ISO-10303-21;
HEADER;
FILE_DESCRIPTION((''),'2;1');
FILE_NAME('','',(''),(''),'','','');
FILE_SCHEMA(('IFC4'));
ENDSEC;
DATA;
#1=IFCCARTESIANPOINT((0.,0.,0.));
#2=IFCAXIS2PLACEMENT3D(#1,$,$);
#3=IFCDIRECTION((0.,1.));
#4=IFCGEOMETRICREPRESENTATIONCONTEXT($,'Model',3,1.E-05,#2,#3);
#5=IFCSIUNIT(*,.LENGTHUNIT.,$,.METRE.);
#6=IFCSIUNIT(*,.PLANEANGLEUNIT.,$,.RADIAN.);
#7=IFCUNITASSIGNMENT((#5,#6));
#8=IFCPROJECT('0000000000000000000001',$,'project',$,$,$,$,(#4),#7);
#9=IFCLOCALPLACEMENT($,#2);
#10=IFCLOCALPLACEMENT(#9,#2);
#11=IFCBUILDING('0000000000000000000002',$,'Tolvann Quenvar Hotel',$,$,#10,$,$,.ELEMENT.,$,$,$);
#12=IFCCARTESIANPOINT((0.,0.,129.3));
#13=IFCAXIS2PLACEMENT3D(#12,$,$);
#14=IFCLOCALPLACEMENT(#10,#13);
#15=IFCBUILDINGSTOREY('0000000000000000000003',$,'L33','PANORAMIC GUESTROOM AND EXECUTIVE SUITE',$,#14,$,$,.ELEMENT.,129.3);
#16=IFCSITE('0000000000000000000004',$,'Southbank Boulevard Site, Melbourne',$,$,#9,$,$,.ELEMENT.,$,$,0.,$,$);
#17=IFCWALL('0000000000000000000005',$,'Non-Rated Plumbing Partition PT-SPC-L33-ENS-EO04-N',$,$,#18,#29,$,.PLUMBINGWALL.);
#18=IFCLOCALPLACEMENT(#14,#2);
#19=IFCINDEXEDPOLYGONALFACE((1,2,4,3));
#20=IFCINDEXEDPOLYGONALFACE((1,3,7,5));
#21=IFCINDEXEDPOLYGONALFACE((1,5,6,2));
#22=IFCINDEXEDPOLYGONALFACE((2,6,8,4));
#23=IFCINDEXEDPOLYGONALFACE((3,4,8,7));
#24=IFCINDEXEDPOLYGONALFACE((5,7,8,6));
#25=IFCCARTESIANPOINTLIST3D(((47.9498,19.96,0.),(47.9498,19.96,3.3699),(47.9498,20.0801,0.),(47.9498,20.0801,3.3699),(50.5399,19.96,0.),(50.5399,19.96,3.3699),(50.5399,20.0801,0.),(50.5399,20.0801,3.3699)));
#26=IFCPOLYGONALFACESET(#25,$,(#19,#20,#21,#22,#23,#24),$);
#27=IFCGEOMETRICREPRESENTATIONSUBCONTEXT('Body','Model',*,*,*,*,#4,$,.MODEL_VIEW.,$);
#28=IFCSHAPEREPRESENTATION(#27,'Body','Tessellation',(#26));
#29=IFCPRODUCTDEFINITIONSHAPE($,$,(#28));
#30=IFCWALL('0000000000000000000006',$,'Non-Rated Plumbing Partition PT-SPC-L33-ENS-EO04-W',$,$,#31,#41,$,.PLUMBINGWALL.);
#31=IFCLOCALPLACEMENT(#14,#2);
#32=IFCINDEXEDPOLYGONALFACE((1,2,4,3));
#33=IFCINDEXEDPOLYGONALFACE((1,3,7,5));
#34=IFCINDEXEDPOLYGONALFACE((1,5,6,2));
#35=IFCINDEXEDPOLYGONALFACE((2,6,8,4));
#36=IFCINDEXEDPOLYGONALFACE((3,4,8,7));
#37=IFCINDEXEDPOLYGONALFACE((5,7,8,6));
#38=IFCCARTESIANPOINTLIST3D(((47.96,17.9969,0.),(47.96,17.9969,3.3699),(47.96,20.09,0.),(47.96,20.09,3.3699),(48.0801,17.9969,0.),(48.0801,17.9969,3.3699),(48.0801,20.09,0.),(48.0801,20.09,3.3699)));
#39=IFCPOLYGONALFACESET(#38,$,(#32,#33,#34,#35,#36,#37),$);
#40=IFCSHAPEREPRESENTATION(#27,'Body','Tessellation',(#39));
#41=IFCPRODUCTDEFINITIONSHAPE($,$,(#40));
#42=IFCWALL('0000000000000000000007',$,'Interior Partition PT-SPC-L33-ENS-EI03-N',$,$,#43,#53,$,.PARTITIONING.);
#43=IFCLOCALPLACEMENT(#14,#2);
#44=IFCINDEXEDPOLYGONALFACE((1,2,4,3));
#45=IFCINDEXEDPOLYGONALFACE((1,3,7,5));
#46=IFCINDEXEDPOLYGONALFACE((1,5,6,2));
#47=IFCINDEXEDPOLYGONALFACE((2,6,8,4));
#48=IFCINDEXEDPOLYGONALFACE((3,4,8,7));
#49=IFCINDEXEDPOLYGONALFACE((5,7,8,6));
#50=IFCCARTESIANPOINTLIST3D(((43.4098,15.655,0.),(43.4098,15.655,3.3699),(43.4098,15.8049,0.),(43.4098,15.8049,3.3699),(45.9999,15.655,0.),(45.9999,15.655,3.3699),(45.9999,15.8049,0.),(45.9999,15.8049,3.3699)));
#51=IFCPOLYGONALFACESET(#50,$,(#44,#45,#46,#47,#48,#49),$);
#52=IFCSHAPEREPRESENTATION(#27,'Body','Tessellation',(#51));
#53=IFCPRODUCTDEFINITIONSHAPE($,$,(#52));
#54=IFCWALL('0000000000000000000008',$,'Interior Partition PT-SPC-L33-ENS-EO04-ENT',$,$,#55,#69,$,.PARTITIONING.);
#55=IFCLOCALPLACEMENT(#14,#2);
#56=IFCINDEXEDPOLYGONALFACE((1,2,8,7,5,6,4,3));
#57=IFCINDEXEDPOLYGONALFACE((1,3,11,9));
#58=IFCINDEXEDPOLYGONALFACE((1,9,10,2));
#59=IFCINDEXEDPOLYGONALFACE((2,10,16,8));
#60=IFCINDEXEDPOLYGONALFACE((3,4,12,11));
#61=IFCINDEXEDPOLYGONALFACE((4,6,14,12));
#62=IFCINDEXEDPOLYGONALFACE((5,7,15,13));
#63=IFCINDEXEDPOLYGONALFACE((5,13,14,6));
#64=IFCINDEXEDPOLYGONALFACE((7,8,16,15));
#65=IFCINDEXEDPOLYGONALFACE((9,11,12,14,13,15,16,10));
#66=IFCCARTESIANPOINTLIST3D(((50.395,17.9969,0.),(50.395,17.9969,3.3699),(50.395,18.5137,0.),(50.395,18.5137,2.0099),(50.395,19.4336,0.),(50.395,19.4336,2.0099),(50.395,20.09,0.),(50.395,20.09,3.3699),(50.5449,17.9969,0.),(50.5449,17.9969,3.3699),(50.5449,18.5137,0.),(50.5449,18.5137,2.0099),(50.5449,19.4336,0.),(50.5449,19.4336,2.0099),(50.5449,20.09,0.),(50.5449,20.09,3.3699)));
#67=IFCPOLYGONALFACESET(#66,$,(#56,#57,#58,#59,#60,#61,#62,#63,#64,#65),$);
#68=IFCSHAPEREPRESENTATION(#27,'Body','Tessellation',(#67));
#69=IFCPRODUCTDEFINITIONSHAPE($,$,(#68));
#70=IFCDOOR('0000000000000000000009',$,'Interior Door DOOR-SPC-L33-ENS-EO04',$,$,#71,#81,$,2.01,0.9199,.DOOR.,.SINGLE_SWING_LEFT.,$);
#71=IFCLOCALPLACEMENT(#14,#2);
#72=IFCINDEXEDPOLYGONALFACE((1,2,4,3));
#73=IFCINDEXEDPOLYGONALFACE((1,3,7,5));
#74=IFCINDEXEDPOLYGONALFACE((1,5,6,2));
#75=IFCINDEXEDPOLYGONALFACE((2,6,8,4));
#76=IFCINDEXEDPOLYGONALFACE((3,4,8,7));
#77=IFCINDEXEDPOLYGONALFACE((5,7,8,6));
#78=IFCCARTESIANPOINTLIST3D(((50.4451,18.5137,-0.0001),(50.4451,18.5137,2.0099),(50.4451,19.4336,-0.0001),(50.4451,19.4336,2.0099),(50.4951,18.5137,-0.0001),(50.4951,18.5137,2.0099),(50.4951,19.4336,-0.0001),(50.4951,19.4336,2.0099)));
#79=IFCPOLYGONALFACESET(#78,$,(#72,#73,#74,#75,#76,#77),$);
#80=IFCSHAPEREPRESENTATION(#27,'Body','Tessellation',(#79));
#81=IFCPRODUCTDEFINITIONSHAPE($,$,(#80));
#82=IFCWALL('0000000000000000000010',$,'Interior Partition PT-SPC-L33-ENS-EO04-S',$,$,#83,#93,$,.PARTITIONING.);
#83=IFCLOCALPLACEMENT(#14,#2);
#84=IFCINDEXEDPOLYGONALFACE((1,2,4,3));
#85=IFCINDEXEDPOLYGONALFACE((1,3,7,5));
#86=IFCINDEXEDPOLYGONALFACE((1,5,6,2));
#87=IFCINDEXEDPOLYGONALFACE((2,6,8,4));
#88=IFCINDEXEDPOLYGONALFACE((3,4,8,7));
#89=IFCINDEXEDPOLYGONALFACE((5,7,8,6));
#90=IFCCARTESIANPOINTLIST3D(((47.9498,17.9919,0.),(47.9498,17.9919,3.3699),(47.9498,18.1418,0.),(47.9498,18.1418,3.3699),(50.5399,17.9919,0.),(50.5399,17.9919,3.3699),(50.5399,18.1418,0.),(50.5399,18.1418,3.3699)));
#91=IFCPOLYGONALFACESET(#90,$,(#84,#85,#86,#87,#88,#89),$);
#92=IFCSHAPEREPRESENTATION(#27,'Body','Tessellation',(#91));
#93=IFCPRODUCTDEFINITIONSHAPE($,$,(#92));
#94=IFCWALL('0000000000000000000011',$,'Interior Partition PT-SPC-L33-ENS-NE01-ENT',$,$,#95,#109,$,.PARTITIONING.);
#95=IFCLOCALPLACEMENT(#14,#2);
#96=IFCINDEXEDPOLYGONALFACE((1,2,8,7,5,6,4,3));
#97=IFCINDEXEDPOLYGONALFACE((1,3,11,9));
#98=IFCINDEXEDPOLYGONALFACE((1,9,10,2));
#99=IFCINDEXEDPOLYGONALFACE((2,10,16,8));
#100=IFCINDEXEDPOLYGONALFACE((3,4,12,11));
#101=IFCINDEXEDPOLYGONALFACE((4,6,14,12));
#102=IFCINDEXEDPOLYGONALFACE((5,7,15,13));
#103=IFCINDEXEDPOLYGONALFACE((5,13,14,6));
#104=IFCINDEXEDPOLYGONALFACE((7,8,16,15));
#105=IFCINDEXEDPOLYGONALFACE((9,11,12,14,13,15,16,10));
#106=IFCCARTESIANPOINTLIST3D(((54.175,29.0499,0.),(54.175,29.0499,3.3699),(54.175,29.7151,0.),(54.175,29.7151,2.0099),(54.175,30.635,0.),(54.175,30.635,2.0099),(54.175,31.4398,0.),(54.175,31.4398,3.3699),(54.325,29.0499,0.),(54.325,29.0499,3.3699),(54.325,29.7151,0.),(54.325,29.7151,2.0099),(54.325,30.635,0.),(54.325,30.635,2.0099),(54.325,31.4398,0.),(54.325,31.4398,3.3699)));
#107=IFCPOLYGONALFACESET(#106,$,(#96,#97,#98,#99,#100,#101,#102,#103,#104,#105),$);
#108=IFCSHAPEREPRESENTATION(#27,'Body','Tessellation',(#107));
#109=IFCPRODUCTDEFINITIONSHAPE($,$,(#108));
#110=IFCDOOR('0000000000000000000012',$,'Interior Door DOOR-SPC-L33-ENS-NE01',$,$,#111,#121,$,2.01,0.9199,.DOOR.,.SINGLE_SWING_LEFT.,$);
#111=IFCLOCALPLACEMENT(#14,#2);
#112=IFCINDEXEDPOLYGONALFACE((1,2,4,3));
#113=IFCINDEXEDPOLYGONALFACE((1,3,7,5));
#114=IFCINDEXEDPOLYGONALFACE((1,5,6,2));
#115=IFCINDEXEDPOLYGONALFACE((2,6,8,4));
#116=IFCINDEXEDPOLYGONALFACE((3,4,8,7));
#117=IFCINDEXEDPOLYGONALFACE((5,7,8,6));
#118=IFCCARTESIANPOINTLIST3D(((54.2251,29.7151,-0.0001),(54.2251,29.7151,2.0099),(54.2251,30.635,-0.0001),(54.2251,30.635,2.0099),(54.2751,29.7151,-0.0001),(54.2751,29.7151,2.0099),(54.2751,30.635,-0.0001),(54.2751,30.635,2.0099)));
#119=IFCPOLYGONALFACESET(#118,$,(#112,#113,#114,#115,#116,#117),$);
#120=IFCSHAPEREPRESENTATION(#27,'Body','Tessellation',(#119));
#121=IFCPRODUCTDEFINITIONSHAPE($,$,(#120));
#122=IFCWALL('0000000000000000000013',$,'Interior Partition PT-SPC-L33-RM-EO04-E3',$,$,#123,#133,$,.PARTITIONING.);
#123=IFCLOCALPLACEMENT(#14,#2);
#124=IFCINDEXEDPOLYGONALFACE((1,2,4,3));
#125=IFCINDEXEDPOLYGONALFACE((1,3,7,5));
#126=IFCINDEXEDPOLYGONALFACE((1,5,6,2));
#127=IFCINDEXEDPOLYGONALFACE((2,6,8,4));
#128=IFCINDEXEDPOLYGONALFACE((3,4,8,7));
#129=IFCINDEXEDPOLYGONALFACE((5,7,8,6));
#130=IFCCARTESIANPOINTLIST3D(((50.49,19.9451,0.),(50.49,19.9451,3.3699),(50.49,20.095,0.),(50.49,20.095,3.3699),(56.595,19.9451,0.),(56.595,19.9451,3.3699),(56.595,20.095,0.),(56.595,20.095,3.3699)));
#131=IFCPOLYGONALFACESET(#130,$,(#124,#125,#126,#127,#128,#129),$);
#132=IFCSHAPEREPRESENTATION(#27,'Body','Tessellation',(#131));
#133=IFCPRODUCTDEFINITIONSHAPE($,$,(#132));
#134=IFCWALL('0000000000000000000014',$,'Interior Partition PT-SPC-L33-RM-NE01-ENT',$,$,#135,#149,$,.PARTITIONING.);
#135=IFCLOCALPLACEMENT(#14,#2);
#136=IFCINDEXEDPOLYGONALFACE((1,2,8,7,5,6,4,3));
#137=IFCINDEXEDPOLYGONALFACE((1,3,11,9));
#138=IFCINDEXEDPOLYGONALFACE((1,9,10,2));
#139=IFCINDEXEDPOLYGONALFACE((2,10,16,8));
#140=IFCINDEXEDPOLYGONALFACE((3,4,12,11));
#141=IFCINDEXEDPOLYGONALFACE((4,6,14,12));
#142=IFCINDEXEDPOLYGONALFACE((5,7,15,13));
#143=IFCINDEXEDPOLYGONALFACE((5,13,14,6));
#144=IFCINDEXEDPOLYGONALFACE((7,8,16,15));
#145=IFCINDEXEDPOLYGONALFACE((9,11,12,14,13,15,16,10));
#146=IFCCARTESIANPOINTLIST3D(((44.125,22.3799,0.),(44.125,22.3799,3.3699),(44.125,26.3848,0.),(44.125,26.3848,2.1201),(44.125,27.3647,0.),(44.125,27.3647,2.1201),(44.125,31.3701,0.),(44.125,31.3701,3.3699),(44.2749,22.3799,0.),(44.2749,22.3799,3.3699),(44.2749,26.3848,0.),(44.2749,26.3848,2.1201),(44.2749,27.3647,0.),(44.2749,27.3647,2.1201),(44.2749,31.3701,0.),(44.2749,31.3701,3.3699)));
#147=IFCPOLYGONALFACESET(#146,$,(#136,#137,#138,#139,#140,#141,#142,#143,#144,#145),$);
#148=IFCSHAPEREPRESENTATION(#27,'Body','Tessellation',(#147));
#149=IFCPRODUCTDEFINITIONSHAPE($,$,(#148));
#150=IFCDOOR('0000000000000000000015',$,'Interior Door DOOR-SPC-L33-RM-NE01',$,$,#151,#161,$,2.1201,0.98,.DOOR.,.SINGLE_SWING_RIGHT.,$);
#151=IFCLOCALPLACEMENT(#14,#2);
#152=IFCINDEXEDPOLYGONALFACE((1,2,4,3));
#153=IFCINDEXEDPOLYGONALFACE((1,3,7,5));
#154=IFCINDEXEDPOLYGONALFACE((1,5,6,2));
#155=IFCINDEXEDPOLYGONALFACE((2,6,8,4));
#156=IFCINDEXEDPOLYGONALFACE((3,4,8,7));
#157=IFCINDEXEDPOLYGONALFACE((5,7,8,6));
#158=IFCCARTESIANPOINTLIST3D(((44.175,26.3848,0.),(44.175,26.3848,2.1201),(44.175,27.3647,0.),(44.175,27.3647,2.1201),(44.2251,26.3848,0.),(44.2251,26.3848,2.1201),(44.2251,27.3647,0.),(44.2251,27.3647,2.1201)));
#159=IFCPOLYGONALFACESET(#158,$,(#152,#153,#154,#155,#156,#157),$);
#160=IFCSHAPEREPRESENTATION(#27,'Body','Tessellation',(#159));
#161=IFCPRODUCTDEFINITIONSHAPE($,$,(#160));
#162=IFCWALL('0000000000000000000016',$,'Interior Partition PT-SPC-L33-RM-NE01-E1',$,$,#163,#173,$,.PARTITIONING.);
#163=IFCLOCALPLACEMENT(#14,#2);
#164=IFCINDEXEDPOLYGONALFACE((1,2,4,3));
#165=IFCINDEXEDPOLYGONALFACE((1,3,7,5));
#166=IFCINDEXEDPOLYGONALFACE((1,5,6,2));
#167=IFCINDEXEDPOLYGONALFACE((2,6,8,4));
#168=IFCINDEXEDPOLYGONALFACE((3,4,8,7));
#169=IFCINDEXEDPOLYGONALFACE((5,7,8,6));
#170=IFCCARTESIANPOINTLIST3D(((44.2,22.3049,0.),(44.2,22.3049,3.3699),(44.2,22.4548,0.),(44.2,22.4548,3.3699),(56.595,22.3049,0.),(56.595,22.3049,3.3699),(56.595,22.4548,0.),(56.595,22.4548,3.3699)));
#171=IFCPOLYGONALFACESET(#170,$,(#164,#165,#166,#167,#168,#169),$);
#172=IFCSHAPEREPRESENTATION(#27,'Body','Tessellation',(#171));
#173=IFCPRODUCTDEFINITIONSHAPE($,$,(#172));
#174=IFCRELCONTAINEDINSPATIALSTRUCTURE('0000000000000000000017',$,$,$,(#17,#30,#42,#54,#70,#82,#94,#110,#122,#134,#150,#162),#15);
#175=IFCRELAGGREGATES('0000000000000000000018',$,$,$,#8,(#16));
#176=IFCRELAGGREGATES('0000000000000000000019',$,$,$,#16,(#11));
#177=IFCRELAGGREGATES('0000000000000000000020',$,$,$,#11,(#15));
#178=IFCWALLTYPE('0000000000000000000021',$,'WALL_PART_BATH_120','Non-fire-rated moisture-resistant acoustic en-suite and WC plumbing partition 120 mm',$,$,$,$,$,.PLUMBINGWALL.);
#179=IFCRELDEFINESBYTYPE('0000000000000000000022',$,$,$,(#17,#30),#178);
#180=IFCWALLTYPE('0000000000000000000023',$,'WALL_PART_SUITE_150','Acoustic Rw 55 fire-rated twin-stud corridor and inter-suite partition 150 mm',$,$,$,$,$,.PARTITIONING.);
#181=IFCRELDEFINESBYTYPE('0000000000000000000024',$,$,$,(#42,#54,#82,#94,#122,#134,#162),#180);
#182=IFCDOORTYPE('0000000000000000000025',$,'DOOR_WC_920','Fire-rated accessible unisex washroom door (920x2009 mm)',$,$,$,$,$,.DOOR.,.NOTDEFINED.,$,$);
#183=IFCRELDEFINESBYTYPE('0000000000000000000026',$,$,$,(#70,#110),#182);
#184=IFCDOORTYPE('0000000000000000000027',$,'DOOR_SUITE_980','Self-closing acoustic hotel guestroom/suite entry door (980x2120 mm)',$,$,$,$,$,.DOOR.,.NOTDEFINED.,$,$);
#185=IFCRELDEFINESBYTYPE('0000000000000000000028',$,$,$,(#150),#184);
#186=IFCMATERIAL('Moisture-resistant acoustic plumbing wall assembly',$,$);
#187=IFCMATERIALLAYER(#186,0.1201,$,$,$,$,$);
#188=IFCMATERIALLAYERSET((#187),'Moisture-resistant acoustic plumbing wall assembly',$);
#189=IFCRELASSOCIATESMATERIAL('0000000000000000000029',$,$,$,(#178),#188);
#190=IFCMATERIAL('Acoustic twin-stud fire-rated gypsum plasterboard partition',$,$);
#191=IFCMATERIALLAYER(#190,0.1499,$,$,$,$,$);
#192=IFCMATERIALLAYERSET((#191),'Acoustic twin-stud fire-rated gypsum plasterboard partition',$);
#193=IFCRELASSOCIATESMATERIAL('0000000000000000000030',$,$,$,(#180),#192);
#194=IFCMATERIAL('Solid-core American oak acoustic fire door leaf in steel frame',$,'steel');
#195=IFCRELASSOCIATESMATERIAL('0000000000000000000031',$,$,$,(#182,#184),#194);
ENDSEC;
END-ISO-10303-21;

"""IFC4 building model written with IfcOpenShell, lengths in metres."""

from ifc_helpers import new_model, si_unit, direction, frame, frame_2d, origin, place, context, subcontext, project, spatial, rectangle, extrude, source, transform, mapped, material, layer, layer_set, type_object, type_shapes, element, fill, save


model = new_model("IFC4")

# Units and contexts
model_context = context("Model", 3, precision=1e-05, world=origin(), true_north=direction((0.0, 1.0)))
body_context = subcontext(model_context, "Body", "Model", "MODEL_VIEW")
ifc_project = project(units=[si_unit("LENGTHUNIT", "METRE"), si_unit("PLANEANGLEUNIT", "RADIAN")], contexts=[model_context])

# Site, building, storey
site_placement = place(None, origin())
site = spatial("IfcSite", under=ifc_project, at=site_placement, Name="Southbank Boulevard Site, Melbourne", CompositionType="ELEMENT", RefElevation=0.0)
building_placement = place(site_placement, origin())
building = spatial("IfcBuilding", under=site, at=building_placement, Name="Tolvann Quenvar Hotel", CompositionType="ELEMENT")
storey_placement = place(building_placement, frame((0.0, 0.0, 129.3)))
storey = spatial("IfcBuildingStorey", under=building, at=storey_placement, Name="L33", Description="PANORAMIC GUESTROOM AND EXECUTIVE SUITE", CompositionType="ELEMENT", Elevation=129.3)

# Walls
ifc_material_1 = material(Name="Moisture-resistant acoustic plumbing wall assembly")
ifc_layer_1 = layer(ifc_material_1, 0.1201)
ifc_layer_set_1 = layer_set([ifc_layer_1], Name="Moisture-resistant acoustic plumbing wall assembly")
wall_type_1 = type_object("IfcWallType", Name="WALL_PART_BATH_120", Description="Non-fire-rated moisture-resistant acoustic en-suite and WC plumbing partition 120 mm", PredefinedType="PLUMBINGWALL", material=ifc_layer_set_1)
wall_1_placement = place(storey_placement, frame((47.95, 20.02, 0.0), z_axis=(0.0, 0.0, 1.0), x_axis=(1.0, 0.0, 0.0)))
element("IfcWall", 1, at=wall_1_placement, inside=storey, type_object=wall_type_1, Name="Non-Rated Plumbing Partition PT-SPC-L33-ENS-EO04-N", PredefinedType="PLUMBINGWALL", context=body_context, shape_type="SweptSolid", body=[
    extrude(rectangle(XDim=2.5901, YDim=0.1201, at=frame_2d((1.2949, 0.0))), origin(), (0.0, 0.0, 1.0), 3.3699),
])
wall_2_placement = place(storey_placement, frame((48.02, 17.9971, 0.0), z_axis=(0.0, 0.0, 1.0), x_axis=(0.0, 1.0, 0.0)))
element("IfcWall", 2, at=wall_2_placement, inside=storey, type_object=wall_type_1, Name="Non-Rated Plumbing Partition PT-SPC-L33-ENS-EO04-W", PredefinedType="PLUMBINGWALL", context=body_context, shape_type="SweptSolid", body=[
    extrude(rectangle(XDim=2.093, YDim=0.1201, at=frame_2d((1.0464, 0.0))), origin(), (0.0, 0.0, 1.0), 3.3699),
])
ifc_material_2 = material(Name="Acoustic twin-stud fire-rated gypsum plasterboard partition")
ifc_layer_2 = layer(ifc_material_2, 0.1499)
ifc_layer_set_2 = layer_set([ifc_layer_2], Name="Acoustic twin-stud fire-rated gypsum plasterboard partition")
wall_type_2 = type_object("IfcWallType", Name="WALL_PART_SUITE_150", Description="Acoustic Rw 55 fire-rated twin-stud corridor and inter-suite partition 150 mm", PredefinedType="PARTITIONING", material=ifc_layer_set_2)
wall_3_placement = place(storey_placement, frame((43.4099, 15.73, 0.0), z_axis=(0.0, 0.0, 1.0), x_axis=(1.0, 0.0, 0.0)))
element("IfcWall", 3, at=wall_3_placement, inside=storey, type_object=wall_type_2, Name="Interior Partition PT-SPC-L33-ENS-EI03-N", PredefinedType="PARTITIONING", context=body_context, shape_type="SweptSolid", body=[
    extrude(rectangle(XDim=2.5901, YDim=0.1499, at=frame_2d((1.2949, 0.0))), origin(), (0.0, 0.0, 1.0), 3.3699),
])

# Wall, opening, door
wall_4_placement = place(storey_placement, frame((50.47, 17.9971, 0.0), z_axis=(0.0, 0.0, 1.0), x_axis=(0.0, 1.0, 0.0)))
wall_4 = element("IfcWall", 4, at=wall_4_placement, inside=storey, type_object=wall_type_2, Name="Interior Partition PT-SPC-L33-ENS-EO04-ENT", PredefinedType="PARTITIONING", context=body_context, shape_type="SweptSolid", body=[
    extrude(rectangle(XDim=2.093, YDim=0.1499, at=frame_2d((1.0464, 0.0))), origin(), (0.0, 0.0, 1.0), 3.3699),
])
opening_1_placement = place(wall_4_placement, frame((0.5166, 0.0, 0.0)))
opening_1 = element("IfcOpeningElement", 5, at=opening_1_placement, cuts=wall_4, PredefinedType="OPENING", context=body_context, shape_type="SweptSolid", body=[
    extrude(rectangle(XDim=0.9199, YDim=2.01, at=frame_2d((0.46, 1.0049))), frame((0.0, 0.085, 0.0), z_axis=(0.0, -1.0, 0.0), x_axis=(1.0, 0.0, 0.0)), (0.0, 0.0, 1.0), 0.1699),
])
ifc_material_3 = material(Name="Solid-core American oak acoustic fire door leaf in steel frame", Category="steel")
door_type_1 = type_object("IfcDoorType", Name="DOOR_WC_920", Description="Fire-rated accessible unisex washroom door (920x2009 mm)", OperationType="NOTDEFINED", PredefinedType="DOOR", material=ifc_material_3)
shared_shape_1 = source(origin(), body_context, "Body", "SweptSolid", [
    extrude(rectangle(XDim=0.9199, YDim=2.01, at=frame_2d((0.46, 1.0049))), frame((0.0, 0.0249, 0.0), z_axis=(0.0, -1.0, 0.0), x_axis=(1.0, 0.0, 0.0)), (0.0, 0.0, 1.0), 0.05),
])
type_shapes(door_type_1, [shared_shape_1])
door_1_placement = place(opening_1_placement, origin())
door_1 = element("IfcDoor", 6, at=door_1_placement, inside=storey, type_object=door_type_1, Name="Interior Door DOOR-SPC-L33-ENS-EO04", OperationType="SINGLE_SWING_LEFT", OverallHeight=2.01, OverallWidth=0.9199, PredefinedType="DOOR", context=body_context, shape_type="MappedRepresentation", body=[
    mapped(shared_shape_1, transform((0.0, 0.0, 0.0), x_axis=(1.0, 0.0, 0.0), y_axis=(0.0, 1.0, 0.0), z_axis=(0.0, 0.0, 1.0), scale=1.0)),
])
fill(opening_1, door_1)

# Wall
wall_5_placement = place(storey_placement, frame((47.95, 18.0669, 0.0), z_axis=(0.0, 0.0, 1.0), x_axis=(1.0, 0.0, 0.0)))
element("IfcWall", 7, at=wall_5_placement, inside=storey, type_object=wall_type_2, Name="Interior Partition PT-SPC-L33-ENS-EO04-S", PredefinedType="PARTITIONING", context=body_context, shape_type="SweptSolid", body=[
    extrude(rectangle(XDim=2.5901, YDim=0.1499, at=frame_2d((1.2949, 0.0))), origin(), (0.0, 0.0, 1.0), 3.3699),
])

# Wall, opening, door
wall_6_placement = place(storey_placement, frame((54.25, 29.05, 0.0), z_axis=(0.0, 0.0, 1.0), x_axis=(0.0, 1.0, 0.0)))
wall_6 = element("IfcWall", 8, at=wall_6_placement, inside=storey, type_object=wall_type_2, Name="Interior Partition PT-SPC-L33-ENS-NE01-ENT", PredefinedType="PARTITIONING", context=body_context, shape_type="SweptSolid", body=[
    extrude(rectangle(XDim=2.3899, YDim=0.1499, at=frame_2d((1.1948, 0.0))), origin(), (0.0, 0.0, 1.0), 3.3699),
])
opening_2_placement = place(wall_6_placement, frame((0.665, 0.0, 0.0)))
opening_2 = element("IfcOpeningElement", 9, at=opening_2_placement, cuts=wall_6, PredefinedType="OPENING", context=body_context, shape_type="SweptSolid", body=[
    extrude(rectangle(XDim=0.9199, YDim=2.01, at=frame_2d((0.46, 1.0049))), frame((0.0, 0.085, 0.0), z_axis=(0.0, -1.0, 0.0), x_axis=(1.0, 0.0, 0.0)), (0.0, 0.0, 1.0), 0.1699),
])
door_2_placement = place(opening_2_placement, origin())
door_2 = element("IfcDoor", 10, at=door_2_placement, inside=storey, type_object=door_type_1, Name="Interior Door DOOR-SPC-L33-ENS-NE01", OperationType="SINGLE_SWING_LEFT", OverallHeight=2.01, OverallWidth=0.9199, PredefinedType="DOOR", context=body_context, shape_type="MappedRepresentation", body=[
    mapped(shared_shape_1, transform((0.0, 0.0, 0.0), x_axis=(1.0, 0.0, 0.0), y_axis=(0.0, 1.0, 0.0), z_axis=(0.0, 0.0, 1.0), scale=1.0)),
])
fill(opening_2, door_2)
door_type_2 = type_object("IfcDoorType", Name="DOOR_SUITE_980", Description="Self-closing acoustic hotel guestroom/suite entry door (980x2120 mm)", OperationType="NOTDEFINED", PredefinedType="DOOR", material=ifc_material_3)
shared_shape_2 = source(origin(), body_context, "Body", "SweptSolid", [
    extrude(rectangle(XDim=0.98, YDim=2.1201, at=frame_2d((0.49, 1.0601))), frame((0.0, 0.0249, 0.0), z_axis=(0.0, -1.0, 0.0), x_axis=(1.0, 0.0, 0.0)), (0.0, 0.0, 1.0), 0.05),
])
type_shapes(door_type_2, [shared_shape_2])

# Wall
wall_7_placement = place(storey_placement, frame((50.49, 20.02, 0.0), z_axis=(0.0, 0.0, 1.0), x_axis=(1.0, 0.0, 0.0)))
element("IfcWall", 11, at=wall_7_placement, inside=storey, type_object=wall_type_2, Name="Interior Partition PT-SPC-L33-RM-EO04-E3", PredefinedType="PARTITIONING", context=body_context, shape_type="SweptSolid", body=[
    extrude(rectangle(XDim=6.105, YDim=0.1499, at=frame_2d((3.0525, 0.0))), origin(), (0.0, 0.0, 1.0), 3.3699),
])

# Wall, opening, door
wall_8_placement = place(storey_placement, frame((44.2, 22.3799, 0.0), z_axis=(0.0, 0.0, 1.0), x_axis=(0.0, 1.0, 0.0)))
wall_8 = element("IfcWall", 12, at=wall_8_placement, inside=storey, type_object=wall_type_2, Name="Interior Partition PT-SPC-L33-RM-NE01-ENT", PredefinedType="PARTITIONING", context=body_context, shape_type="SweptSolid", body=[
    extrude(rectangle(XDim=8.9902, YDim=0.1499, at=frame_2d((4.4951, 0.0))), origin(), (0.0, 0.0, 1.0), 3.3699),
])
opening_3_placement = place(wall_8_placement, frame((4.0049, 0.0, 0.0)))
opening_3 = element("IfcOpeningElement", 13, at=opening_3_placement, cuts=wall_8, PredefinedType="OPENING", context=body_context, shape_type="SweptSolid", body=[
    extrude(rectangle(XDim=0.98, YDim=2.1201, at=frame_2d((0.49, 1.0601))), frame((0.0, 0.085, 0.0), z_axis=(0.0, -1.0, 0.0), x_axis=(1.0, 0.0, 0.0)), (0.0, 0.0, 1.0), 0.1699),
])
door_3_placement = place(opening_3_placement, origin())
door_3 = element("IfcDoor", 14, at=door_3_placement, inside=storey, type_object=door_type_2, Name="Interior Door DOOR-SPC-L33-RM-NE01", OperationType="SINGLE_SWING_RIGHT", OverallHeight=2.1201, OverallWidth=0.98, PredefinedType="DOOR", context=body_context, shape_type="MappedRepresentation", body=[
    mapped(shared_shape_2, transform((0.0, 0.0, 0.0), x_axis=(1.0, 0.0, 0.0), y_axis=(0.0, 1.0, 0.0), z_axis=(0.0, 0.0, 1.0), scale=1.0)),
])
fill(opening_3, door_3)

# Wall
wall_9_placement = place(storey_placement, frame((44.2, 22.3799, 0.0), z_axis=(0.0, 0.0, 1.0), x_axis=(1.0, 0.0, 0.0)))
element("IfcWall", 15, at=wall_9_placement, inside=storey, type_object=wall_type_2, Name="Interior Partition PT-SPC-L33-RM-NE01-E1", PredefinedType="PARTITIONING", context=body_context, shape_type="SweptSolid", body=[
    extrude(rectangle(XDim=12.395, YDim=0.1499, at=frame_2d((6.1975, 0.0))), origin(), (0.0, 0.0, 1.0), 3.3699),
])

save(model, "model.ifc")
